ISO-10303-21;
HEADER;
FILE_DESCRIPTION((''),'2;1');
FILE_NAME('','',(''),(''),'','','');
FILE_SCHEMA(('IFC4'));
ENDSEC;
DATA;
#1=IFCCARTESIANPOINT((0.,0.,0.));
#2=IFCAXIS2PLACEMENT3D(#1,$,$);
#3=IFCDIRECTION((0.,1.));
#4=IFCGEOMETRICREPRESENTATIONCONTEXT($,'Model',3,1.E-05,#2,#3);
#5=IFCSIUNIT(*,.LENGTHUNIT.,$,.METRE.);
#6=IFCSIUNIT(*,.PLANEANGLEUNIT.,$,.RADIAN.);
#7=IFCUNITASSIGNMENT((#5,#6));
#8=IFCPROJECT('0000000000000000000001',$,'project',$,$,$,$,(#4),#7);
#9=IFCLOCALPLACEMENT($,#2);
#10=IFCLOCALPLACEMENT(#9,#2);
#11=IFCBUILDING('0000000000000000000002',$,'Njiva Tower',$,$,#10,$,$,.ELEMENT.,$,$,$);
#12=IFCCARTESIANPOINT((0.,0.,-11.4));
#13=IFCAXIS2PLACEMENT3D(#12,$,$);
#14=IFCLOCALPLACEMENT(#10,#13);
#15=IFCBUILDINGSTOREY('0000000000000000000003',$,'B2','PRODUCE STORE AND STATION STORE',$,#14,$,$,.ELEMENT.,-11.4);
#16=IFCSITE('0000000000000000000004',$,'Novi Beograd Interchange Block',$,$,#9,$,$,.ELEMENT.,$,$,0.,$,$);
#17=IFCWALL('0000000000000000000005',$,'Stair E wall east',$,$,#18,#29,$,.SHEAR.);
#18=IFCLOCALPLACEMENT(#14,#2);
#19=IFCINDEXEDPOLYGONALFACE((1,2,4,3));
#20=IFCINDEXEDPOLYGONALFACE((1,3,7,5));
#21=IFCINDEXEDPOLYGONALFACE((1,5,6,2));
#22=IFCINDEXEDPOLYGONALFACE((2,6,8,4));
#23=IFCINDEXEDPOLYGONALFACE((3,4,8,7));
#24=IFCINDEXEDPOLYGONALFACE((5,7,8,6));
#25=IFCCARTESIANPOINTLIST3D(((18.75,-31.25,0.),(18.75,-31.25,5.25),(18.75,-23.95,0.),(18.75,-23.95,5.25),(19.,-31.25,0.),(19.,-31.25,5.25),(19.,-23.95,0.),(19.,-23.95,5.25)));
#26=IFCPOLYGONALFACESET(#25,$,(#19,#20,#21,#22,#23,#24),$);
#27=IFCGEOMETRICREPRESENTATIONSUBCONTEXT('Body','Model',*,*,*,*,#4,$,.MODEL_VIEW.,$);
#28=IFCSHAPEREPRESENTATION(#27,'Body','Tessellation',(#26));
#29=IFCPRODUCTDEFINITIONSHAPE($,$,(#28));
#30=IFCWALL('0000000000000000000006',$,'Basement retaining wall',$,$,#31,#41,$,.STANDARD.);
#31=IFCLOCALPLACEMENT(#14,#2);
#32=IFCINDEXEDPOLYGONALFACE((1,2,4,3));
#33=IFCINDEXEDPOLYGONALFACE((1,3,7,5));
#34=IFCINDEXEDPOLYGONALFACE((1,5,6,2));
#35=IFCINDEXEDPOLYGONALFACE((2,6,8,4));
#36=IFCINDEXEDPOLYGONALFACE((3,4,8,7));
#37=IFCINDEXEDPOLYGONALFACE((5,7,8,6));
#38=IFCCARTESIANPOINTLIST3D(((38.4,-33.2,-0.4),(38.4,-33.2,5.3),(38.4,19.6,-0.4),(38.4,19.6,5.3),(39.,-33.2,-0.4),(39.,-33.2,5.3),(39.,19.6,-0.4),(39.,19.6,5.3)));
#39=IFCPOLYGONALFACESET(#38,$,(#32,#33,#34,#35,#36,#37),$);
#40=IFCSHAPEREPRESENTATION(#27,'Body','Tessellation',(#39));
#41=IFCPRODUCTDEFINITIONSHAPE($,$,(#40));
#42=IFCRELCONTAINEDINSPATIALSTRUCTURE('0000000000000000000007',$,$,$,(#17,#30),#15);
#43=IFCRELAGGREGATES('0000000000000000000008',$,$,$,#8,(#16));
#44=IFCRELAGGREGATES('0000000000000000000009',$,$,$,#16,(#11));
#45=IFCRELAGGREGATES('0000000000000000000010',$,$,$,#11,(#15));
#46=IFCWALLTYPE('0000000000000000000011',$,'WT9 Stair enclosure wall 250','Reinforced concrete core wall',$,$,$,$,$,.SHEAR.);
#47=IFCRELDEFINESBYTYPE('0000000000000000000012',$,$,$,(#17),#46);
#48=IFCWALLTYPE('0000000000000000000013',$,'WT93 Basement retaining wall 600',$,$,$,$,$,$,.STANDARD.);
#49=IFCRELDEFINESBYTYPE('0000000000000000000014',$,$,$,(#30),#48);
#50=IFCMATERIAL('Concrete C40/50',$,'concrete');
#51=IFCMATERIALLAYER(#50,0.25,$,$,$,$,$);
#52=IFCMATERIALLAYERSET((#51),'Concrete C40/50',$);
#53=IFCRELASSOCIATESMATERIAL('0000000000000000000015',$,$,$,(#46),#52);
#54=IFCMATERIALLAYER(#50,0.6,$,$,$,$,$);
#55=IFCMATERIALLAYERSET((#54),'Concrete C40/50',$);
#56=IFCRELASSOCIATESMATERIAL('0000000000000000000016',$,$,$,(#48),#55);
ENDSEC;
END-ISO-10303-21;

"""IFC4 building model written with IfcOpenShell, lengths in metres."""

from ifc_helpers import new_model, si_unit, direction, frame, frame_2d, origin, place, context, subcontext, project, spatial, rectangle, extrude, material, layer, layer_set, type_object, element, save


model = new_model("IFC4")

# Units and contexts
model_context = context("Model", 3, precision=1e-05, world=origin(), true_north=direction((0.0, 1.0)))
body_context = subcontext(model_context, "Body", "Model", "MODEL_VIEW")
ifc_project = project(units=[si_unit("LENGTHUNIT", "METRE"), si_unit("PLANEANGLEUNIT", "RADIAN")], contexts=[model_context])

# Site, building, storey
site_placement = place(None, origin())
site = spatial("IfcSite", under=ifc_project, at=site_placement, Name="Novi Beograd Interchange Block", CompositionType="ELEMENT", RefElevation=0.0)
building_placement = place(site_placement, origin())
building = spatial("IfcBuilding", under=site, at=building_placement, Name="Njiva Tower", CompositionType="ELEMENT")
storey_placement = place(building_placement, frame((0.0, 0.0, -11.4)))
storey = spatial("IfcBuildingStorey", under=building, at=storey_placement, Name="B2", Description="PRODUCE STORE AND STATION STORE", CompositionType="ELEMENT", Elevation=-11.4)

# Walls
ifc_material_1 = material(Name="Concrete C40/50", Category="concrete")
ifc_layer_1 = layer(ifc_material_1, 0.25)
ifc_layer_set_1 = layer_set([ifc_layer_1], Name="Concrete C40/50")
wall_type_1 = type_object("IfcWallType", Name="WT9 Stair enclosure wall 250", Description="Reinforced concrete core wall", PredefinedType="SHEAR", material=ifc_layer_set_1)
wall_1_placement = place(storey_placement, frame((18.875, -31.25, 0.0), z_axis=(0.0, 0.0, 1.0), x_axis=(0.0, 1.0, 0.0)))
element("IfcWall", 1, at=wall_1_placement, inside=storey, type_object=wall_type_1, Name="Stair E wall east", PredefinedType="SHEAR", context=body_context, shape_type="SweptSolid", body=[
    extrude(rectangle(XDim=7.3, YDim=0.25, at=frame_2d((3.65, 0.0))), origin(), (0.0, 0.0, 1.0), 5.25),
])
ifc_layer_2 = layer(ifc_material_1, 0.6)
ifc_layer_set_2 = layer_set([ifc_layer_2], Name="Concrete C40/50")
wall_type_2 = type_object("IfcWallType", Name="WT93 Basement retaining wall 600", PredefinedType="STANDARD", material=ifc_layer_set_2)
wall_2_placement = place(storey_placement, frame((38.7, -33.2, -0.4), z_axis=(0.0, 0.0, 1.0), x_axis=(0.0, 1.0, 0.0)))
element("IfcWall", 2, at=wall_2_placement, inside=storey, type_object=wall_type_2, Name="Basement retaining wall", PredefinedType="STANDARD", context=body_context, shape_type="SweptSolid", body=[
    extrude(rectangle(XDim=52.8, YDim=0.6, at=frame_2d((26.4, 0.0))), origin(), (0.0, 0.0, 1.0), 5.7),
])

save(model, "model.ifc")
